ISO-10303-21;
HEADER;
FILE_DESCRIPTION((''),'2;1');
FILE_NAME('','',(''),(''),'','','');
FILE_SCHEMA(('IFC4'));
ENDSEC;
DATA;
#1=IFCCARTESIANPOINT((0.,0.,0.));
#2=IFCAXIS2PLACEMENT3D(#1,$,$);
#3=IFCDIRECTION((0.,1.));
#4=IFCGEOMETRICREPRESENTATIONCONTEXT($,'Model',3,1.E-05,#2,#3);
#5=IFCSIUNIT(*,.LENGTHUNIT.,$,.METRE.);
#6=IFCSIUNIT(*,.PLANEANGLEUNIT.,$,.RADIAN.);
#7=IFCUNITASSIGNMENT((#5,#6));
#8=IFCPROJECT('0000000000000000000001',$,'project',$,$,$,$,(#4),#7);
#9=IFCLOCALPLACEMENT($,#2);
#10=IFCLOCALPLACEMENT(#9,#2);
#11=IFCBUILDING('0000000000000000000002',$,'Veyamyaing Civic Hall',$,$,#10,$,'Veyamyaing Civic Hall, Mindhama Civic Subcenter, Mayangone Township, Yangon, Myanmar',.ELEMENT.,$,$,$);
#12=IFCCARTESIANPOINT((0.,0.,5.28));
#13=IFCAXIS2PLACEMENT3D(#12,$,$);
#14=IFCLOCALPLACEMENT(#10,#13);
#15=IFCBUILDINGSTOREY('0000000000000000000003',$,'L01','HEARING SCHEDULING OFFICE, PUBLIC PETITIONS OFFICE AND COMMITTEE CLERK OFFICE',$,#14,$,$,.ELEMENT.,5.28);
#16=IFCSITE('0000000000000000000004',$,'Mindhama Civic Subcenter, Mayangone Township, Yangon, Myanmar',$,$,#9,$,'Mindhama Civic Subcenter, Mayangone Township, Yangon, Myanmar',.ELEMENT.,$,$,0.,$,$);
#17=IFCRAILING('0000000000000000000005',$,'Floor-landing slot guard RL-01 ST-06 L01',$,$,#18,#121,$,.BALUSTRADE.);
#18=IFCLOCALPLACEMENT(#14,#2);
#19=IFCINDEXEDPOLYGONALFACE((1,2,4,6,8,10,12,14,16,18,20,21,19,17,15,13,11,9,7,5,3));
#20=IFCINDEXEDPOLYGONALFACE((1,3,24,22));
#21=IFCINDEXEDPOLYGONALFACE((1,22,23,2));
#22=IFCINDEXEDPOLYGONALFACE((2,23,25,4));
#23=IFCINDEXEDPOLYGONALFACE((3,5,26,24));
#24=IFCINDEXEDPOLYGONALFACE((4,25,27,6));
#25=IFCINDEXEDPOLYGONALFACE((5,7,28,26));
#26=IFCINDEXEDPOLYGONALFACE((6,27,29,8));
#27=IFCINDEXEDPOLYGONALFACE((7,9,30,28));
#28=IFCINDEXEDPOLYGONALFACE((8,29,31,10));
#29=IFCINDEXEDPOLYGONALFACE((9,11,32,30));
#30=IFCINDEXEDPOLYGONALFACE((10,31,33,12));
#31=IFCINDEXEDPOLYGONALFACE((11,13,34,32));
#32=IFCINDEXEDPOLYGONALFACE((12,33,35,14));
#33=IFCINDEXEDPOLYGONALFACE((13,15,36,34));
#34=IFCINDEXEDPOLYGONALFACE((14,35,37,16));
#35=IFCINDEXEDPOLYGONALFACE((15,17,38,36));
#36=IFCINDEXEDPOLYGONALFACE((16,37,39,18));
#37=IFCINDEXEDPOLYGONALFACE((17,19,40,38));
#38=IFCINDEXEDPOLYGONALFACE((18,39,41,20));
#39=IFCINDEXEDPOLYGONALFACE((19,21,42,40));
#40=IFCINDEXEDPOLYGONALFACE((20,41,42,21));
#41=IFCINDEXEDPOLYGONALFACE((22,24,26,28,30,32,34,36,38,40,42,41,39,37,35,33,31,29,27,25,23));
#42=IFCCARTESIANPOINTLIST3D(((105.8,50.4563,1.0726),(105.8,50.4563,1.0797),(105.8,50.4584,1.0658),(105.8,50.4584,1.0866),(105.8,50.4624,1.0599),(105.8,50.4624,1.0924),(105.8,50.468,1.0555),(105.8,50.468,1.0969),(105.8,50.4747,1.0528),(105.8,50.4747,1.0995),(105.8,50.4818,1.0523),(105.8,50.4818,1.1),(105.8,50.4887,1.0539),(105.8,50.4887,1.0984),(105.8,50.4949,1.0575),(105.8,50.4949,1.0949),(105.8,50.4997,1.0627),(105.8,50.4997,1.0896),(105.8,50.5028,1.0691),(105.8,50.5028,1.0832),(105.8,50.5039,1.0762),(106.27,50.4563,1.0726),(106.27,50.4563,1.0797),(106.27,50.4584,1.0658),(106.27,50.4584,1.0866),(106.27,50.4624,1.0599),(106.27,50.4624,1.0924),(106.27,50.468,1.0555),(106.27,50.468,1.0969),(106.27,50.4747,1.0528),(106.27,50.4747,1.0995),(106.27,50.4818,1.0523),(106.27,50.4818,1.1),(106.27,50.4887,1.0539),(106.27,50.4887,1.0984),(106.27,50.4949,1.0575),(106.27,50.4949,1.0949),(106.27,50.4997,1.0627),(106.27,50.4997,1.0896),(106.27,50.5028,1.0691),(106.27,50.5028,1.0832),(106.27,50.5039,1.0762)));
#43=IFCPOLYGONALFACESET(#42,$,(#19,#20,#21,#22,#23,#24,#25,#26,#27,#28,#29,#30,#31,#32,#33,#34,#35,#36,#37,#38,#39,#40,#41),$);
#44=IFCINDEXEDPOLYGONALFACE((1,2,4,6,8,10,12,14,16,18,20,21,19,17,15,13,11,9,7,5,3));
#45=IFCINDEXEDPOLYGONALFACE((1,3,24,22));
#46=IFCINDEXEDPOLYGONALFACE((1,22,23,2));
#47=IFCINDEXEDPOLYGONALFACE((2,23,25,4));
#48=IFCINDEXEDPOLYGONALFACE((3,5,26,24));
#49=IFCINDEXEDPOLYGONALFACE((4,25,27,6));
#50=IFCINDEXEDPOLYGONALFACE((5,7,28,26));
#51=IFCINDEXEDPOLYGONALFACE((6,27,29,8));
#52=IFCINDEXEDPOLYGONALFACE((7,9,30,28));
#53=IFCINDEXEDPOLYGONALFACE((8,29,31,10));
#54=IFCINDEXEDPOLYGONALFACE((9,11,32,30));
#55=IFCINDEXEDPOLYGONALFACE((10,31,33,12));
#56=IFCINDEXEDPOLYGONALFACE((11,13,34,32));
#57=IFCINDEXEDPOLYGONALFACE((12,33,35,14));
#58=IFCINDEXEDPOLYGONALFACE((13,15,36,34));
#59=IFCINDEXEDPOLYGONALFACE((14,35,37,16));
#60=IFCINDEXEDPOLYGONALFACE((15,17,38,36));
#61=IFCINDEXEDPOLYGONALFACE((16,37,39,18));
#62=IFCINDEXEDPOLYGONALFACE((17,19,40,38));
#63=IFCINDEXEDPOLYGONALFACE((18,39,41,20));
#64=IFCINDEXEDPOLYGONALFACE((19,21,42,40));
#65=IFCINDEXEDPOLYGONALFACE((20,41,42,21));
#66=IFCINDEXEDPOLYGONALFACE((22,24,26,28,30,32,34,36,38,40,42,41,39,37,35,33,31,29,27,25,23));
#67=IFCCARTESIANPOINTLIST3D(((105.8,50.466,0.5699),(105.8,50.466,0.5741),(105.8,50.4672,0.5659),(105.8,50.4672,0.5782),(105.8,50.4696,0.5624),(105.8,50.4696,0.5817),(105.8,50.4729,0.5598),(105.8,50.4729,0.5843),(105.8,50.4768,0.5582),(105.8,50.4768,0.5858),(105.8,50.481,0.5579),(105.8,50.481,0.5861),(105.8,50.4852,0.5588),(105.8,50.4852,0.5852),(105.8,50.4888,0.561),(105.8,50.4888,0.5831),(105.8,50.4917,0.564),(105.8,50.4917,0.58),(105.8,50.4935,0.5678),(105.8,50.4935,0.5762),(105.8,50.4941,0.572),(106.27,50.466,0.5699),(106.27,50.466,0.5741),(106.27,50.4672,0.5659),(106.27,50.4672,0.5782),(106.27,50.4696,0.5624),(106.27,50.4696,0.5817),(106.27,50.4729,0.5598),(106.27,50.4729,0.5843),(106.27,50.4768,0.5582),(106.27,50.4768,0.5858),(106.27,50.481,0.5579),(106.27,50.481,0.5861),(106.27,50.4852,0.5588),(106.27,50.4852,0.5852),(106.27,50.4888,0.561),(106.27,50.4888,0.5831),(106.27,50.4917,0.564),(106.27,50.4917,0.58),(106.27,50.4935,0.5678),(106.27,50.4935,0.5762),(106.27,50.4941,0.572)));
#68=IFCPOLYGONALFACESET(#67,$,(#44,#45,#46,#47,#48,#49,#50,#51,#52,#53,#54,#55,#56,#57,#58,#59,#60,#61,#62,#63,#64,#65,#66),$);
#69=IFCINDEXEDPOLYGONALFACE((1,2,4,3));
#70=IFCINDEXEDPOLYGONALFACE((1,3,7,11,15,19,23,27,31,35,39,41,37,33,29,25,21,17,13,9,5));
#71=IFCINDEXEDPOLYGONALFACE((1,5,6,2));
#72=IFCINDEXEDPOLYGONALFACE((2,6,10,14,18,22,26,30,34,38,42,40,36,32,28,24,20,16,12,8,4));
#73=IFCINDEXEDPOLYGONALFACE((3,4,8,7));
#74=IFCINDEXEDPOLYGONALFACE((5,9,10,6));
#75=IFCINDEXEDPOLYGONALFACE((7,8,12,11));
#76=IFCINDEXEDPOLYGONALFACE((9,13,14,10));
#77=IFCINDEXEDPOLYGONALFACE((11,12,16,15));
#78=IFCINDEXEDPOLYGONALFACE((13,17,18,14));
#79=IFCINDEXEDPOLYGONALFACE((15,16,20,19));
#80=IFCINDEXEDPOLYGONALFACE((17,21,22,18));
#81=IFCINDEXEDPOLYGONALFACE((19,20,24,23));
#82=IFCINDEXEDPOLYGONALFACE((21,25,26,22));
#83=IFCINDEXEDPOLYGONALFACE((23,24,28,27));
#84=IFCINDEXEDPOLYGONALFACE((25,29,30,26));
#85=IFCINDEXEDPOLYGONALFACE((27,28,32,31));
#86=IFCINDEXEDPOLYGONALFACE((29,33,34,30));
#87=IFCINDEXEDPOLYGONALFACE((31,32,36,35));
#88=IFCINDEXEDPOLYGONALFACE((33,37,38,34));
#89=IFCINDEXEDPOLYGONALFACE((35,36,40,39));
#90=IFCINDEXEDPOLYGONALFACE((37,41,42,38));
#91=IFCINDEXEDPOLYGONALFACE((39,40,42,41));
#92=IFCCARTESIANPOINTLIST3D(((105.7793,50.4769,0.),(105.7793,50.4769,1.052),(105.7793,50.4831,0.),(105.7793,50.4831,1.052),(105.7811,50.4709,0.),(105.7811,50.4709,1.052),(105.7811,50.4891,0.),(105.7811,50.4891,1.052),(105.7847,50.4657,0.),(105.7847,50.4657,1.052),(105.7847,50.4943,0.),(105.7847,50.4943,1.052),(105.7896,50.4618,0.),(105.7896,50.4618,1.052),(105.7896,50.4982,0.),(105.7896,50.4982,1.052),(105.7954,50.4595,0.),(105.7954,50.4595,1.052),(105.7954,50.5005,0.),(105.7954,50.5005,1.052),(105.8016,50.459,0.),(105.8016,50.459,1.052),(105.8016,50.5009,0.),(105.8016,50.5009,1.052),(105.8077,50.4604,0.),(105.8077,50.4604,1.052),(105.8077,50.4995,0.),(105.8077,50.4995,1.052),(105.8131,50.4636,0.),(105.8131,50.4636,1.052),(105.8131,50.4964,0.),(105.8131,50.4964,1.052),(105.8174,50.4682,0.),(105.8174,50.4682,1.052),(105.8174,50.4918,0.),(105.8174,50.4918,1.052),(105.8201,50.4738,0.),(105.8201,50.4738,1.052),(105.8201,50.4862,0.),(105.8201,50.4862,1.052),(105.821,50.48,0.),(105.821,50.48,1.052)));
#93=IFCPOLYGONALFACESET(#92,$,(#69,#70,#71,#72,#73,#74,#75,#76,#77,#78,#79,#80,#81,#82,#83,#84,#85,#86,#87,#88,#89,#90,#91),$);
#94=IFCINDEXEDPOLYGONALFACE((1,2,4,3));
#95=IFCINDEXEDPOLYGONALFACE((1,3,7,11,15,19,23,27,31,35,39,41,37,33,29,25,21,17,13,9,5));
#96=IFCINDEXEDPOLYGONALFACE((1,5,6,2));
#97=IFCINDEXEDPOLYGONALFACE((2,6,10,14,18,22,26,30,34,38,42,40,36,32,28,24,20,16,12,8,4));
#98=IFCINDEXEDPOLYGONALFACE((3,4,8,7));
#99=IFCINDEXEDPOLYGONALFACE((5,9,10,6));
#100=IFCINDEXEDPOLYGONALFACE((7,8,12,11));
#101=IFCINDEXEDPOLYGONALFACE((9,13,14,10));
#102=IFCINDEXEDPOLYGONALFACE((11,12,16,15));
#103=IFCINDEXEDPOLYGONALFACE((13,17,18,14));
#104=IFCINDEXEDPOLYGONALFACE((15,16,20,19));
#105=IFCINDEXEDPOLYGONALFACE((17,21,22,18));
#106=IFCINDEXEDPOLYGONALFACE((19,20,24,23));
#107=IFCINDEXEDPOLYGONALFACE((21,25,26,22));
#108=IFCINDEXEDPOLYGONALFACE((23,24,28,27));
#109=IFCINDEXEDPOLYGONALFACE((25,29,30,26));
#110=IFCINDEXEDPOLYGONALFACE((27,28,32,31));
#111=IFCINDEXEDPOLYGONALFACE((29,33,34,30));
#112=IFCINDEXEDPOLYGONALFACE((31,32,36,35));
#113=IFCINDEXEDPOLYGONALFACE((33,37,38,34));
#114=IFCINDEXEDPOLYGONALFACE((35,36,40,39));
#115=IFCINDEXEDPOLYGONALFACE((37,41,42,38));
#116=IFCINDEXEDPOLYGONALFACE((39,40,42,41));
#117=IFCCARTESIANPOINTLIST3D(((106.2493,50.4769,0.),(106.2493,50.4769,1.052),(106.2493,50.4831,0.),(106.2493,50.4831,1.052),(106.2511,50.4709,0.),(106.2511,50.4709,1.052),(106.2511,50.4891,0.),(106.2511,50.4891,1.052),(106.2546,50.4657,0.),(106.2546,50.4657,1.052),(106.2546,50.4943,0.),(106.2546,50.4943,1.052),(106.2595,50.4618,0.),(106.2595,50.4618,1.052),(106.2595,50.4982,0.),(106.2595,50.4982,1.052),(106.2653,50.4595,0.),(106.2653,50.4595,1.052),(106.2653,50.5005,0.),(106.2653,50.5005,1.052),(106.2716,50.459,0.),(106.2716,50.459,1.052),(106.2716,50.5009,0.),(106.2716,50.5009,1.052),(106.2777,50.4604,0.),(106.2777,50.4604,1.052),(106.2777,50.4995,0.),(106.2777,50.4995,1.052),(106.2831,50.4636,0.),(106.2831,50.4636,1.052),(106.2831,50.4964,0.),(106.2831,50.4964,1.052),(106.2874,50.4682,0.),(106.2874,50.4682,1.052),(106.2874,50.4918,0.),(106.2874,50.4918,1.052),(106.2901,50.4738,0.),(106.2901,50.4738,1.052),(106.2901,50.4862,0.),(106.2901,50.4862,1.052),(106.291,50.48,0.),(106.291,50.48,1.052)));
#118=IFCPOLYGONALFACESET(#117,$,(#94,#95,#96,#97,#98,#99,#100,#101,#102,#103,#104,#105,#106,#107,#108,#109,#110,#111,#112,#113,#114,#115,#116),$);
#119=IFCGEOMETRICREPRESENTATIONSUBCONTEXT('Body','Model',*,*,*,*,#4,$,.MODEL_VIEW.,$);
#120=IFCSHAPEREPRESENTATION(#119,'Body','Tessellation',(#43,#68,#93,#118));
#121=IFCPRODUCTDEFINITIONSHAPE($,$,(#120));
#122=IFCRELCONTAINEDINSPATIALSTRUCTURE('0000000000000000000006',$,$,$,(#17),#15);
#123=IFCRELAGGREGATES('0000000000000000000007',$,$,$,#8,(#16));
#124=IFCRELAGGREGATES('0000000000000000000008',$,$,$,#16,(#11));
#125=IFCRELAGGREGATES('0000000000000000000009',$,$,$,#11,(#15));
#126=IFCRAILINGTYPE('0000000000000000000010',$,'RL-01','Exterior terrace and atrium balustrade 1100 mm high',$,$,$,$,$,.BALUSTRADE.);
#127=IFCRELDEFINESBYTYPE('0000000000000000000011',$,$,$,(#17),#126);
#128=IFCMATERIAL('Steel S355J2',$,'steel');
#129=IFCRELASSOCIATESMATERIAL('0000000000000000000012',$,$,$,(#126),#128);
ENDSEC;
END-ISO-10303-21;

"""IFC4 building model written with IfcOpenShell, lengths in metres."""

from ifc_helpers import new_model, si_unit, direction, frame, origin, origin_2d, place, context, subcontext, project, spatial, circle, extrude, material, type_object, element, save


model = new_model("IFC4")

# Units and contexts
model_context = context("Model", 3, precision=1e-05, world=origin(), true_north=direction((0.0, 1.0)))
body_context = subcontext(model_context, "Body", "Model", "MODEL_VIEW")
ifc_project = project(units=[si_unit("LENGTHUNIT", "METRE"), si_unit("PLANEANGLEUNIT", "RADIAN")], contexts=[model_context])

# Site, building, storey
site_placement = place(None, origin())
site = spatial("IfcSite", under=ifc_project, at=site_placement, Name="Mindhama Civic Subcenter, Mayangone Township, Yangon, Myanmar", LongName="Mindhama Civic Subcenter, Mayangone Township, Yangon, Myanmar", CompositionType="ELEMENT", RefElevation=0.0)
building_placement = place(site_placement, origin())
building = spatial("IfcBuilding", under=site, at=building_placement, Name="Veyamyaing Civic Hall", LongName="Veyamyaing Civic Hall, Mindhama Civic Subcenter, Mayangone Township, Yangon, Myanmar", CompositionType="ELEMENT")
storey_placement = place(building_placement, frame((0.0, 0.0, 5.28)))
storey = spatial("IfcBuildingStorey", under=building, at=storey_placement, Name="L01", Description="HEARING SCHEDULING OFFICE, PUBLIC PETITIONS OFFICE AND COMMITTEE CLERK OFFICE", CompositionType="ELEMENT", Elevation=5.28)

# Railing
ifc_material_1 = material(Name="Steel S355J2", Category="steel")
railing_type_1 = type_object("IfcRailingType", Name="RL-01", Description="Exterior terrace and atrium balustrade 1100 mm high", PredefinedType="BALUSTRADE", material=ifc_material_1)
railing_1_placement = place(storey_placement, frame((105.8, 50.48, 0.0)))
element("IfcRailing", 1, at=railing_1_placement, inside=storey, type_object=railing_type_1, Name="Floor-landing slot guard RL-01 ST-06 L01", PredefinedType="BALUSTRADE", context=body_context, shape_type="SweptSolid", body=[
    extrude(circle(Radius=0.0239, at=origin_2d()), frame((0.0, 0.0, 1.0762), z_axis=(1.0, 0.0, 0.0), x_axis=(0.0, 1.0, 0.0)), (0.0, 0.0, 1.0), 0.47),
    extrude(circle(Radius=0.0142, at=origin_2d()), frame((0.0, 0.0, 0.572), z_axis=(1.0, 0.0, 0.0), x_axis=(0.0, 1.0, 0.0)), (0.0, 0.0, 1.0), 0.47),
    extrude(circle(Radius=0.021, at=origin_2d()), origin(), (0.0, 0.0, 1.0), 1.052),
    extrude(circle(Radius=0.021, at=origin_2d()), frame((0.47, 0.0, 0.0)), (0.0, 0.0, 1.0), 1.052),
])

save(model, "model.ifc")
